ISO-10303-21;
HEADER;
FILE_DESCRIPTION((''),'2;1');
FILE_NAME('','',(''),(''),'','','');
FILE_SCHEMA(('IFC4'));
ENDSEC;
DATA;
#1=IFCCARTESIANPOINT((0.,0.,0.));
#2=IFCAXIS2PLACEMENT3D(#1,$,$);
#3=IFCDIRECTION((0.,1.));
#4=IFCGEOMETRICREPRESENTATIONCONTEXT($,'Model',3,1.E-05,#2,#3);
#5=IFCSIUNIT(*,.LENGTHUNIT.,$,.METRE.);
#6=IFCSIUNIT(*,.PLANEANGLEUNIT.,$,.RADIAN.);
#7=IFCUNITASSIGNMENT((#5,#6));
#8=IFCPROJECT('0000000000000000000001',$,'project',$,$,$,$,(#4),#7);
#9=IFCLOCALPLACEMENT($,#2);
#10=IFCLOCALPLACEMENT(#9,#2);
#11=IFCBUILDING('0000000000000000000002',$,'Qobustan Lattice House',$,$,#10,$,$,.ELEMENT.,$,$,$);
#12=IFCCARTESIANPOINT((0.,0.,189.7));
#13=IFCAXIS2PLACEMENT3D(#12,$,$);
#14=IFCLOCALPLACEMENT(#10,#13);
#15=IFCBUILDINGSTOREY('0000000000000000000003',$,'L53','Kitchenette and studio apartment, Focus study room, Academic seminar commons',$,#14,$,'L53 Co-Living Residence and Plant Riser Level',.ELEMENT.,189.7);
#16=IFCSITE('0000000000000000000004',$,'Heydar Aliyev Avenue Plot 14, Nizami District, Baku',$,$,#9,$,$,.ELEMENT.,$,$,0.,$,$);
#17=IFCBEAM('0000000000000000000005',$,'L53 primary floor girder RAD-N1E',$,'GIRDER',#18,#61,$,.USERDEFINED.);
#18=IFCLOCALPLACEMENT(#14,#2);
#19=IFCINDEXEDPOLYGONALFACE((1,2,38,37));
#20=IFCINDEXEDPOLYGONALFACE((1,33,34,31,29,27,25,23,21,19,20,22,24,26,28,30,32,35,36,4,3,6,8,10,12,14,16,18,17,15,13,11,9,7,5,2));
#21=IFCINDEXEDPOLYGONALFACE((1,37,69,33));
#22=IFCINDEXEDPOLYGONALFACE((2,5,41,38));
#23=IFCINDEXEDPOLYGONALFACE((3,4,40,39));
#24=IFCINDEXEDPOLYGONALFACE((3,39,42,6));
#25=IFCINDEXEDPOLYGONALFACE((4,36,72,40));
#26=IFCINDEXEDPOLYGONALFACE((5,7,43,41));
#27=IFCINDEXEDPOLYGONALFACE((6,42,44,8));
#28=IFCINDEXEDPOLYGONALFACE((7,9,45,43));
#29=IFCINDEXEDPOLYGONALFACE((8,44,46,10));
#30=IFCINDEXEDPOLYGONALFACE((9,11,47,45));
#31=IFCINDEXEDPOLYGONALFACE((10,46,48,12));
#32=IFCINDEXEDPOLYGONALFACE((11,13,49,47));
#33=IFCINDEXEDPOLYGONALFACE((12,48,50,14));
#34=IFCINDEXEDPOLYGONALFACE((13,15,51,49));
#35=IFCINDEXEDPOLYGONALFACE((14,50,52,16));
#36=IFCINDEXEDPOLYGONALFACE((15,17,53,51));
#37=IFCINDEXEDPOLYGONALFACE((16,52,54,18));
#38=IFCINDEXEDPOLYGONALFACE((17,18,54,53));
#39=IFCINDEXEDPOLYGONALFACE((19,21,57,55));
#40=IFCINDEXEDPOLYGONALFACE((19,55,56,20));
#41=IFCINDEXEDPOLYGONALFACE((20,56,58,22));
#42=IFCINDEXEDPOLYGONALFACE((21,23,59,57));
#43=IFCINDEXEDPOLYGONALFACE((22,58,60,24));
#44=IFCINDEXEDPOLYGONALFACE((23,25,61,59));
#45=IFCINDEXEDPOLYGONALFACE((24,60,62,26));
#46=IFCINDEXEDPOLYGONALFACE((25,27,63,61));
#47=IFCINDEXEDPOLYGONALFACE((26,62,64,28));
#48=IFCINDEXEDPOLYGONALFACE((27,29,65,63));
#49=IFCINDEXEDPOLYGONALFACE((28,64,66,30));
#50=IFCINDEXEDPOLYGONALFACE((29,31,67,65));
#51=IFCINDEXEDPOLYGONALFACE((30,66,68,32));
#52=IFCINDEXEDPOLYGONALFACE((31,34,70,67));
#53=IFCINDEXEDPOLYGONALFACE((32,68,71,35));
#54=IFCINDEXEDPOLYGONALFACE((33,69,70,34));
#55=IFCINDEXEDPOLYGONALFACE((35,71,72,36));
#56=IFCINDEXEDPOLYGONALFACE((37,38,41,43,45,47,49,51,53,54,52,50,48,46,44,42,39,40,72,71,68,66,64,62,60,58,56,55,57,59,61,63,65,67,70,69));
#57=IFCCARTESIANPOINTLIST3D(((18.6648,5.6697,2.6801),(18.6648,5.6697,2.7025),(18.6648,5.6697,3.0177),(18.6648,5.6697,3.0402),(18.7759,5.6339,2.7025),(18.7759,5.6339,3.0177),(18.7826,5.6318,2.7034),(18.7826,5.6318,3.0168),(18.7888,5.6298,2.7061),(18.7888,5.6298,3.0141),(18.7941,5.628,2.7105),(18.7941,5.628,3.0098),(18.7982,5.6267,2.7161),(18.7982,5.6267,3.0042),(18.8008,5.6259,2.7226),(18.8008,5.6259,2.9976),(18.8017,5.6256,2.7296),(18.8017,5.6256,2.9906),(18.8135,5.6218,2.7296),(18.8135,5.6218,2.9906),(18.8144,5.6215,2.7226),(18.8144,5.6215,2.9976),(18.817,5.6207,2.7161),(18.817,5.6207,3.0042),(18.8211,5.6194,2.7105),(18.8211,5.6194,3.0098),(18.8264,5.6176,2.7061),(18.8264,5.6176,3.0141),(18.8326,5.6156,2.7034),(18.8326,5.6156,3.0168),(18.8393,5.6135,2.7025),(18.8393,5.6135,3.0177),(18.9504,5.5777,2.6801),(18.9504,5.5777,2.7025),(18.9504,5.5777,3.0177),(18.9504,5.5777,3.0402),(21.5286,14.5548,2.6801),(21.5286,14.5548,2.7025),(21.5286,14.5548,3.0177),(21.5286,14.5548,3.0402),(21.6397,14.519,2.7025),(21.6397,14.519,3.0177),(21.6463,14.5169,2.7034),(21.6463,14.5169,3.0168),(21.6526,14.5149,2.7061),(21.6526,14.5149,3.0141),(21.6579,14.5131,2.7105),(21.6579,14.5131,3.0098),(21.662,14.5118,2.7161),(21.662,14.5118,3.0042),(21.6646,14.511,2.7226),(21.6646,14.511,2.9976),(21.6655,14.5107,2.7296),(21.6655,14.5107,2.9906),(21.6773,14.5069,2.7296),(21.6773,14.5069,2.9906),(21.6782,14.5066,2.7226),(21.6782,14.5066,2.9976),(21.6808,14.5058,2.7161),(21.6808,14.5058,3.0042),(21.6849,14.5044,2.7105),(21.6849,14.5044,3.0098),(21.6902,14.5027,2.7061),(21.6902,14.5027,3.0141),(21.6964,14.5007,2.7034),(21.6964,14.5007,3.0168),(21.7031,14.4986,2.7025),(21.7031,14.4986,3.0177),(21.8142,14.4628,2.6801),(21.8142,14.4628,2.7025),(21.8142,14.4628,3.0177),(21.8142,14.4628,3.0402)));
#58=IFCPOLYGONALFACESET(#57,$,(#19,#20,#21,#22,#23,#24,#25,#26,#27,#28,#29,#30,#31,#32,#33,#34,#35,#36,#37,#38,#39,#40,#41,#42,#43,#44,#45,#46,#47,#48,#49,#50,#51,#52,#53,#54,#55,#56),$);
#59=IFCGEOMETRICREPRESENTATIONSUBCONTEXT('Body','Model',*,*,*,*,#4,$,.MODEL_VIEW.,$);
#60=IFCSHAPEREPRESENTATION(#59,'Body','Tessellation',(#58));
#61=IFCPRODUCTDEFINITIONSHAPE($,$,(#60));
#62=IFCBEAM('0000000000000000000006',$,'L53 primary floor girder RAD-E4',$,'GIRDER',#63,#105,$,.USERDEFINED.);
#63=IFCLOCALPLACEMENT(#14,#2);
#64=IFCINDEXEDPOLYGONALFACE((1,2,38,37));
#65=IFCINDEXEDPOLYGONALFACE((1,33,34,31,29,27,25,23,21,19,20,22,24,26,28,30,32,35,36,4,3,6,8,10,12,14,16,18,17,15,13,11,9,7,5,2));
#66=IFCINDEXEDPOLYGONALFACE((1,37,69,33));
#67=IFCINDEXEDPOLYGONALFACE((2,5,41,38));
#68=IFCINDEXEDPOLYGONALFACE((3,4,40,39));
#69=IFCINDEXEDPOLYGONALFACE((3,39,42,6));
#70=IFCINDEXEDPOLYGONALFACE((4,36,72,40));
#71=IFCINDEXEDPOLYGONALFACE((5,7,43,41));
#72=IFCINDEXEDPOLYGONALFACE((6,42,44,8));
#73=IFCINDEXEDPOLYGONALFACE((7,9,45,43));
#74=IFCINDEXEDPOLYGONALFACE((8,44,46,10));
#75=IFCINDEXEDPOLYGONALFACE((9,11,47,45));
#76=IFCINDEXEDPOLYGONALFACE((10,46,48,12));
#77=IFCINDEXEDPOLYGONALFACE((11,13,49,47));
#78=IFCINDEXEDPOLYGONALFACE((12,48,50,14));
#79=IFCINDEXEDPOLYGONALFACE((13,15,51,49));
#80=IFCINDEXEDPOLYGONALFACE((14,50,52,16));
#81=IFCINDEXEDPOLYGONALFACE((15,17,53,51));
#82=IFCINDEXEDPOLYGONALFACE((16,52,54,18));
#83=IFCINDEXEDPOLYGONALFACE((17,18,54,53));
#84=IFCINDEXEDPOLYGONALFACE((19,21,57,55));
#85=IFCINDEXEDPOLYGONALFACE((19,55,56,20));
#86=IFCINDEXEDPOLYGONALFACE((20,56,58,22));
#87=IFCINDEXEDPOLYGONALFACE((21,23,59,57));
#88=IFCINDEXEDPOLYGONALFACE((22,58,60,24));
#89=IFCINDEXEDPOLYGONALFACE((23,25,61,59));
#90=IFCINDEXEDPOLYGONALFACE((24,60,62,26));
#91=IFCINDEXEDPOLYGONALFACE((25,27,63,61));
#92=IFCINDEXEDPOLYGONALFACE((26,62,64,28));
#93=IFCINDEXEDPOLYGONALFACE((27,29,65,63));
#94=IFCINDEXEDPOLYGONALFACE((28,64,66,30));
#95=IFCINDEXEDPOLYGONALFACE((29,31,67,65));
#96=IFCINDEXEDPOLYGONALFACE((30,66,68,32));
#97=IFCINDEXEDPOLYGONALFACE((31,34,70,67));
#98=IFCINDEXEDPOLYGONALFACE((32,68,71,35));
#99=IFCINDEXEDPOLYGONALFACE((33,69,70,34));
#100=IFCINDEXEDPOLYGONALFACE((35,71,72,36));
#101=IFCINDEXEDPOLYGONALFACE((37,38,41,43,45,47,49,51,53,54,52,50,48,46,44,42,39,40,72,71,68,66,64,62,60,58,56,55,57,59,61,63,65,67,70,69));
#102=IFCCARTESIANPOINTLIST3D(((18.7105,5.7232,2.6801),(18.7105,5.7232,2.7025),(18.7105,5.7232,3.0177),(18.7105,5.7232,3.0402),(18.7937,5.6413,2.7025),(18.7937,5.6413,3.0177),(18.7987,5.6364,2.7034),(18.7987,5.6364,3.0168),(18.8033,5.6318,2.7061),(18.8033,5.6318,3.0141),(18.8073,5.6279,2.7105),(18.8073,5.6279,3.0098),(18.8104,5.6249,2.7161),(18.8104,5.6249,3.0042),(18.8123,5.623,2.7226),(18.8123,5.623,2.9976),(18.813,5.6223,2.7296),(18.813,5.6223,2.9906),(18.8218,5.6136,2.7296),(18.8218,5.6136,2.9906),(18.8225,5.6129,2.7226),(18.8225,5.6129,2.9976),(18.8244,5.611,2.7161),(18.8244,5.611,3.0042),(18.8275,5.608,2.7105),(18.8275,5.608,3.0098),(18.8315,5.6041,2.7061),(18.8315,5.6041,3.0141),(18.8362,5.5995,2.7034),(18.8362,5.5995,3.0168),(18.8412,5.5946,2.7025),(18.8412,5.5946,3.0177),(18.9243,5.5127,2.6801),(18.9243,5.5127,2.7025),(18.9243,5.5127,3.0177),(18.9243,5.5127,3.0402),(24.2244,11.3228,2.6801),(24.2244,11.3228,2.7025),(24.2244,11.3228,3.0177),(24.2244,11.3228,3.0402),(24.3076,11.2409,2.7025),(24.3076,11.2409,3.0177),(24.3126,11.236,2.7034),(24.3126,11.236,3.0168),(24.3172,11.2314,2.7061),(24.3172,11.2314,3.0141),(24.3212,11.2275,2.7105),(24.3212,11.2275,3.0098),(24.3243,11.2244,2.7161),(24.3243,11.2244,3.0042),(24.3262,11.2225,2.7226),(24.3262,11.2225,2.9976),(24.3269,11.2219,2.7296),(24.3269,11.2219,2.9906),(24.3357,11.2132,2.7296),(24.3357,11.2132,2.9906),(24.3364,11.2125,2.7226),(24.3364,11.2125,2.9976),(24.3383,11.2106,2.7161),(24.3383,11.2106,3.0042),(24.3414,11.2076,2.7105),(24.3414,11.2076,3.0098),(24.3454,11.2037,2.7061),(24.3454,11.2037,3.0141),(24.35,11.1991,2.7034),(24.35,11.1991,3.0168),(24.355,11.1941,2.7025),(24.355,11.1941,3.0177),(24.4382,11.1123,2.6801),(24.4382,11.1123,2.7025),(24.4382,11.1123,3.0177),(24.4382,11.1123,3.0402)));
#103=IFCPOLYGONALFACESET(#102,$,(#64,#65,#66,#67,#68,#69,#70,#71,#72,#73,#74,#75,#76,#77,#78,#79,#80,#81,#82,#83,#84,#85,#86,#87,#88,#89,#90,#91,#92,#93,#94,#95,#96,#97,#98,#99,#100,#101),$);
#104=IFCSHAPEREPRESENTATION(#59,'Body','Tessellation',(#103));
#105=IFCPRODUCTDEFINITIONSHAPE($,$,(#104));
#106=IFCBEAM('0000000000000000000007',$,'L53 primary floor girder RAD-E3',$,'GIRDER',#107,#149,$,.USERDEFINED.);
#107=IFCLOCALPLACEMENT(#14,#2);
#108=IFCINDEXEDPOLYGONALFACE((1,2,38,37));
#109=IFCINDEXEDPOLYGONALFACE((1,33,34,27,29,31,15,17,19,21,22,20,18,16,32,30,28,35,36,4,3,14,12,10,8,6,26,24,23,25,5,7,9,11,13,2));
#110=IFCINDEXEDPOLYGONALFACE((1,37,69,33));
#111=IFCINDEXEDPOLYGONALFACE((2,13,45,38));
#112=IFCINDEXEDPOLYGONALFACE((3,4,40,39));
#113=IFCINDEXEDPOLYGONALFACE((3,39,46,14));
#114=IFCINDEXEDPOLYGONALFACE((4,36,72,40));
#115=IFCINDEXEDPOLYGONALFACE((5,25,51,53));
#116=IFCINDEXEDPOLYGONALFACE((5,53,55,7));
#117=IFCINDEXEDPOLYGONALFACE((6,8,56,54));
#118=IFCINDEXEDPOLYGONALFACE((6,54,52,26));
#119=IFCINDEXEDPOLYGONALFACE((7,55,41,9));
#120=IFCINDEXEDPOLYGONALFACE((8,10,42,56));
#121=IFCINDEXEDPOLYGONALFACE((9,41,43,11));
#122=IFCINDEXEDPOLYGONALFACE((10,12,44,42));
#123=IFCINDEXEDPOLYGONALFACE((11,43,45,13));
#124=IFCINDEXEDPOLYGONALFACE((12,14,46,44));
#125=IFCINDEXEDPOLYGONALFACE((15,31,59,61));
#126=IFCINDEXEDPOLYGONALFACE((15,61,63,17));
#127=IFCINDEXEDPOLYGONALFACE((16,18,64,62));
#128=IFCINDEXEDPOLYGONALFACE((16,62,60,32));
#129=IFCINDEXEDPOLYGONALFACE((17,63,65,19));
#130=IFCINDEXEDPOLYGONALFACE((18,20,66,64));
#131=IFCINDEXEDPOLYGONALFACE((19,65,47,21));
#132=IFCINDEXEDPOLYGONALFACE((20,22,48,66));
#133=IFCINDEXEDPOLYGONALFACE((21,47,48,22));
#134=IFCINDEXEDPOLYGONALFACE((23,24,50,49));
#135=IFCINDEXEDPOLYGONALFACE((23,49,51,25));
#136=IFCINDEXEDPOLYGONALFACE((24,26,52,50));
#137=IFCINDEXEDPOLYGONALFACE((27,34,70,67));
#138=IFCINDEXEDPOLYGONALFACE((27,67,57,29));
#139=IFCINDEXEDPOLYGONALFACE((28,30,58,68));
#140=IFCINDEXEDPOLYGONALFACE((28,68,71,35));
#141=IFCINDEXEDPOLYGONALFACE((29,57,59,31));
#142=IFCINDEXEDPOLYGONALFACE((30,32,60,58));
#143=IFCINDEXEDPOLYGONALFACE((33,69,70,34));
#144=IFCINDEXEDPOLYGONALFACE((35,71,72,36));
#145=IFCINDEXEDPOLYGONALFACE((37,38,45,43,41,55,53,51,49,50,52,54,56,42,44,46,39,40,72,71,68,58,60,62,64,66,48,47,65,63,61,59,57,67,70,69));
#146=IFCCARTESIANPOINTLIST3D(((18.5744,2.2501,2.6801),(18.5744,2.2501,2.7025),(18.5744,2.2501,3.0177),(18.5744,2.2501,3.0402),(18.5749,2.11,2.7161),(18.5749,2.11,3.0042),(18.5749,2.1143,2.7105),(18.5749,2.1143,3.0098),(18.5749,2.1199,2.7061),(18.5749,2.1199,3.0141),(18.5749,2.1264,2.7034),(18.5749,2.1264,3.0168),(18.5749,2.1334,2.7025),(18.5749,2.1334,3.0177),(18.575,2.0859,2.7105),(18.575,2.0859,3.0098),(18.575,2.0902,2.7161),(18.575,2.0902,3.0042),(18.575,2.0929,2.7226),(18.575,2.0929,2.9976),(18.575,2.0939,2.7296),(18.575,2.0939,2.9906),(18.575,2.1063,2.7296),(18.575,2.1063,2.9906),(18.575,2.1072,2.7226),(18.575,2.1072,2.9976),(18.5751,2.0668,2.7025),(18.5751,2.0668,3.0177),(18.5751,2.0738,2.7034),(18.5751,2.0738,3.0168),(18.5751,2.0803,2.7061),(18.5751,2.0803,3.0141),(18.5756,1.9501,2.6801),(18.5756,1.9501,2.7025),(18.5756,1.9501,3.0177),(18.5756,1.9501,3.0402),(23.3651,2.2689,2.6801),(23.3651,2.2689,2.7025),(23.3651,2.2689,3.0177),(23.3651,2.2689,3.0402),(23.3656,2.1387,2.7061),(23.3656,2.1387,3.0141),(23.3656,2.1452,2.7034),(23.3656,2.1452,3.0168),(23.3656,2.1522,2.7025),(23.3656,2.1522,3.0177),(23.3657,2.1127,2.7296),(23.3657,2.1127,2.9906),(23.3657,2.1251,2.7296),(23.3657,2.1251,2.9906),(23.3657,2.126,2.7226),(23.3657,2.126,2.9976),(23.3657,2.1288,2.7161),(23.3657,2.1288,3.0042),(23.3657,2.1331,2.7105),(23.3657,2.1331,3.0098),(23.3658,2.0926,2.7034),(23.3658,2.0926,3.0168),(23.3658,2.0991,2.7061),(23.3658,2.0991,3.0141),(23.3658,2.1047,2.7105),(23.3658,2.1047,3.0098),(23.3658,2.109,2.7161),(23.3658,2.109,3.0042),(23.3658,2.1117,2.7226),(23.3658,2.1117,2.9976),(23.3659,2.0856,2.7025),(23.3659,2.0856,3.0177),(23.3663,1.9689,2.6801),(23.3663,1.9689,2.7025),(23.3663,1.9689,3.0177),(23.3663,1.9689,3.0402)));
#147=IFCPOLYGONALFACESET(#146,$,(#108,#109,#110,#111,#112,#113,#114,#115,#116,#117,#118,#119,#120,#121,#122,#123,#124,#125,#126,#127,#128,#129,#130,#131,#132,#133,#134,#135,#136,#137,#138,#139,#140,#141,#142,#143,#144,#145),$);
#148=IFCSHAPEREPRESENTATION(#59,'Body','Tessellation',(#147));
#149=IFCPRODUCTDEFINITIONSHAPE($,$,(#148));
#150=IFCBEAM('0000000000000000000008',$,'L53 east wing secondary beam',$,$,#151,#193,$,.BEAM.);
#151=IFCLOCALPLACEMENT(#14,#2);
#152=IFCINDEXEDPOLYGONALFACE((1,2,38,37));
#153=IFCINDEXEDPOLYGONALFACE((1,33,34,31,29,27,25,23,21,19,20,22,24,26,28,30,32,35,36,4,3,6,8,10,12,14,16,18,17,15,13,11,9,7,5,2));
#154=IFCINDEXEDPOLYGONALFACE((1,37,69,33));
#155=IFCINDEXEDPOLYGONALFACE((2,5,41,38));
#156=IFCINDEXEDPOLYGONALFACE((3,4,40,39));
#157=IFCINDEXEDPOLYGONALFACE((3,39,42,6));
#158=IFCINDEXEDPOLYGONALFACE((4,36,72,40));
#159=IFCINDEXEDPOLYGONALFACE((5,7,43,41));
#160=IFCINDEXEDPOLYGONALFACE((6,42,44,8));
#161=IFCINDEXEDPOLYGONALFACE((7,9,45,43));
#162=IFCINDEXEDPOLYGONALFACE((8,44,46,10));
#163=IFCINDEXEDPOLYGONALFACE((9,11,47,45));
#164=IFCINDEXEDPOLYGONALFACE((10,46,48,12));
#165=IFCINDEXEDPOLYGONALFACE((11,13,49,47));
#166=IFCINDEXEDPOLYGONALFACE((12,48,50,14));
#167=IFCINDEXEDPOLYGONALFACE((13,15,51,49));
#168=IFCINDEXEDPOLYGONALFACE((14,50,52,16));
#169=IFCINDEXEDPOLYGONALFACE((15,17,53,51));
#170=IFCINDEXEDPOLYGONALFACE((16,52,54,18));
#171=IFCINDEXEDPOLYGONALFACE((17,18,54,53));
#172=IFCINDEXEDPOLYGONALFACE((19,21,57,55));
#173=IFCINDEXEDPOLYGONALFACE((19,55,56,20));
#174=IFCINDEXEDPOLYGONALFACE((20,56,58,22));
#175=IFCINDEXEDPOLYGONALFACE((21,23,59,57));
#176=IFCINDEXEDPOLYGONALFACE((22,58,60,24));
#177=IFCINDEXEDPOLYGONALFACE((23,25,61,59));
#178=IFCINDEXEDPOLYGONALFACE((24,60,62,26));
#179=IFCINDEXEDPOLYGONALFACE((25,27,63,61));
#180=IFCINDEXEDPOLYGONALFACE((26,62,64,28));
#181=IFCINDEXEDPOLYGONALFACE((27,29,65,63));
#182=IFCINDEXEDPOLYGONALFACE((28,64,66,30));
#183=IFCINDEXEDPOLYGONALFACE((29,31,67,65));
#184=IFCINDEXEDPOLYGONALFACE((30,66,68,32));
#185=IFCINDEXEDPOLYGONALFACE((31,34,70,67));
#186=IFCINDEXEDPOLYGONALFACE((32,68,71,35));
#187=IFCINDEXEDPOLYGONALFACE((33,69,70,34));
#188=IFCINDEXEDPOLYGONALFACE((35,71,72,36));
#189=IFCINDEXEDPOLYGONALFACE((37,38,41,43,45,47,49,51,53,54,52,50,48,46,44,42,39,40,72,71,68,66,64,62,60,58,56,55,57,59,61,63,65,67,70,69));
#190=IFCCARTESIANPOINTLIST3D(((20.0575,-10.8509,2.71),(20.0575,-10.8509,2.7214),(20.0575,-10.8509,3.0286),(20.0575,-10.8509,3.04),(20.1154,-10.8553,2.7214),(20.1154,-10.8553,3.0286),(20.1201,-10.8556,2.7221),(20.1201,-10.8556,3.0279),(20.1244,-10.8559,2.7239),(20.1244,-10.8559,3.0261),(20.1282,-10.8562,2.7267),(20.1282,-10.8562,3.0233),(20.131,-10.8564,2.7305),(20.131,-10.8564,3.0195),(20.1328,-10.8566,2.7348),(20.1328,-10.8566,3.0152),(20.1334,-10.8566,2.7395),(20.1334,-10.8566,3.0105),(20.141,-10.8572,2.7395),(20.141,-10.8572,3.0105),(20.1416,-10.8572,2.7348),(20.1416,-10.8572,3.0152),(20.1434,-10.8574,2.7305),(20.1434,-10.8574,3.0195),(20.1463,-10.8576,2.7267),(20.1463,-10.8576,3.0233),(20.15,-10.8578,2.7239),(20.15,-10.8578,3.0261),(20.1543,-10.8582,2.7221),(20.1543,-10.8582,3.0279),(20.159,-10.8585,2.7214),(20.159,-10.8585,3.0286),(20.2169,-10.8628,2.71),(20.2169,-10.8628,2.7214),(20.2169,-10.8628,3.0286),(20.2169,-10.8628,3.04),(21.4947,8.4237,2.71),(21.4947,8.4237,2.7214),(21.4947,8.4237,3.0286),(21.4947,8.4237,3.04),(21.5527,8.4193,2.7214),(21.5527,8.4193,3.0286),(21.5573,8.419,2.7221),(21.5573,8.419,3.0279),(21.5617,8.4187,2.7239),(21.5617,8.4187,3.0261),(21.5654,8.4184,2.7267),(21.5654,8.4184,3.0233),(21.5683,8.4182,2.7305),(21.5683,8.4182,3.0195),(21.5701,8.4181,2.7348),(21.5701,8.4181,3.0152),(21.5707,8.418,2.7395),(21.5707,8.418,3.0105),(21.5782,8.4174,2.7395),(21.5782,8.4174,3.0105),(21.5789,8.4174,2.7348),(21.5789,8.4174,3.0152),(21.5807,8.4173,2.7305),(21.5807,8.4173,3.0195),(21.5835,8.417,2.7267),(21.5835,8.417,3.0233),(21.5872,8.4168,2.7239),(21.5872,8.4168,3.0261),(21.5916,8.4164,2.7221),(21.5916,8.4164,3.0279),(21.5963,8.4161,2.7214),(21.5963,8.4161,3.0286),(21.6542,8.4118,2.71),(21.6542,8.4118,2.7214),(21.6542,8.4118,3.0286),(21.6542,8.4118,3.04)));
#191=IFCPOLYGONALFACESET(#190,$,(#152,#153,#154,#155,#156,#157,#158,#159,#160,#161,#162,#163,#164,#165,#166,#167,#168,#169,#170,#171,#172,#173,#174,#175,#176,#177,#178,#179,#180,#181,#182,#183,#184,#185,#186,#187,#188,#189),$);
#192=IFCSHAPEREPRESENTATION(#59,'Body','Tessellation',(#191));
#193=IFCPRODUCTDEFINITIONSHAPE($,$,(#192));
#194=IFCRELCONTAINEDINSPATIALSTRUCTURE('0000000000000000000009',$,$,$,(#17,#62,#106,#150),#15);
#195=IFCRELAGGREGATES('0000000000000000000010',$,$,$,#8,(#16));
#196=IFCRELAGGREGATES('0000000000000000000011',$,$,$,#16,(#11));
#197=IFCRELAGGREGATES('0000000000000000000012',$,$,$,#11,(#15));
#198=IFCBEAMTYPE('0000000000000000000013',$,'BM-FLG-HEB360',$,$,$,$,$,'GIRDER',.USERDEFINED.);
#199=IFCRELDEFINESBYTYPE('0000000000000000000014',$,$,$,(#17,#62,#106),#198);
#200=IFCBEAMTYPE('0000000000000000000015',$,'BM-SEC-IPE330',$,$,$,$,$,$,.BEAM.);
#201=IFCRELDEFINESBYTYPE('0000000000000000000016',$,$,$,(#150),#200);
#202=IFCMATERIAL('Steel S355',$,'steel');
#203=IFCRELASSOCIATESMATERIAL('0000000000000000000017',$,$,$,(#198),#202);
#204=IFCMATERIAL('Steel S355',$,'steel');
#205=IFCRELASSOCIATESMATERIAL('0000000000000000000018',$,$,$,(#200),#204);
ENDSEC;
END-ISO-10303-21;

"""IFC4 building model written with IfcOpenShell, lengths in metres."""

from ifc_helpers import new_model, si_unit, direction, frame, origin, origin_2d, place, context, subcontext, project, spatial, i_section, extrude, material, material_profile, profile_set, type_object, element, save


model = new_model("IFC4")

# Units and contexts
model_context = context("Model", 3, precision=1e-05, world=origin(), true_north=direction((0.0, 1.0)))
body_context = subcontext(model_context, "Body", "Model", "MODEL_VIEW")
ifc_project = project(units=[si_unit("LENGTHUNIT", "METRE"), si_unit("PLANEANGLEUNIT", "RADIAN")], contexts=[model_context])

# Site, building, storey
site_placement = place(None, origin())
site = spatial("IfcSite", under=ifc_project, at=site_placement, Name="Heydar Aliyev Avenue Plot 14, Nizami District, Baku", CompositionType="ELEMENT", RefElevation=0.0)
building_placement = place(site_placement, origin())
building = spatial("IfcBuilding", under=site, at=building_placement, Name="Qobustan Lattice House", CompositionType="ELEMENT")
storey_placement = place(building_placement, frame((0.0, 0.0, 189.7)))
storey = spatial("IfcBuildingStorey", under=building, at=storey_placement, Name="L53", Description="Kitchenette and studio apartment, Focus study room, Academic seminar commons", LongName="L53 Co-Living Residence and Plant Riser Level", CompositionType="ELEMENT", Elevation=189.7)

# Beams
ifc_material_1 = material(Name="Steel S355", Category="steel")
ifc_material_profile_1 = material_profile(ifc_material_1, i_section(OverallWidth=0.3, OverallDepth=0.3601, WebThickness=0.0125, FlangeThickness=0.0225, FilletRadius=0.0271, at=origin_2d()), Name="HEB360")
ifc_profile_set_1 = profile_set([ifc_material_profile_1], Name="Steel S355")
beam_type_1 = type_object("IfcBeamType", Name="BM-FLG-HEB360", ElementType="GIRDER", PredefinedType="USERDEFINED", material=ifc_profile_set_1)
beam_1_placement = place(storey_placement, frame((21.6714, 14.5088, 2.8601), z_axis=(-0.306774, -0.951783, 0.0), x_axis=(0.951783, -0.306774, 0.0)))
element("IfcBeam", 1, at=beam_1_placement, inside=storey, type_object=beam_type_1, Name="L53 primary floor girder RAD-N1E", ObjectType="GIRDER", PredefinedType="USERDEFINED", context=body_context, shape_type="SweptSolid", body=[
    extrude(i_section(OverallWidth=0.3, OverallDepth=0.3601, WebThickness=0.0125, FlangeThickness=0.0225, FilletRadius=0.0271, at=origin_2d()), origin(), (0.0, 0.0, 1.0), 9.3352),
])
beam_2_placement = place(storey_placement, frame((24.3313, 11.2175, 2.8601), z_axis=(-0.701634, -0.712538, 0.0), x_axis=(0.712538, -0.701634, 0.0)))
element("IfcBeam", 2, at=beam_2_placement, inside=storey, type_object=beam_type_1, Name="L53 primary floor girder RAD-E4", ObjectType="GIRDER", PredefinedType="USERDEFINED", context=body_context, shape_type="SweptSolid", body=[
    extrude(i_section(OverallWidth=0.3, OverallDepth=0.3601, WebThickness=0.0125, FlangeThickness=0.0225, FilletRadius=0.0271, at=origin_2d()), origin(), (0.0, 0.0, 1.0), 7.8586),
])
beam_3_placement = place(storey_placement, frame((23.3657, 2.1189, 2.8601), z_axis=(-0.999992, -0.003924, 0.0), x_axis=(0.003924, -0.999992, 0.0)))
element("IfcBeam", 3, at=beam_3_placement, inside=storey, type_object=beam_type_1, Name="L53 primary floor girder RAD-E3", ObjectType="GIRDER", PredefinedType="USERDEFINED", context=body_context, shape_type="SweptSolid", body=[
    extrude(i_section(OverallWidth=0.3, OverallDepth=0.3601, WebThickness=0.0125, FlangeThickness=0.0225, FilletRadius=0.0271, at=origin_2d()), origin(), (0.0, 0.0, 1.0), 4.7908),
])
ifc_material_2 = material(Name="Steel S355", Category="steel")
ifc_material_profile_2 = material_profile(ifc_material_2, i_section(OverallWidth=0.1599, OverallDepth=0.3301, WebThickness=0.0076, FlangeThickness=0.0115, FilletRadius=0.0181, at=origin_2d()), Name="IPE330")
ifc_profile_set_2 = profile_set([ifc_material_profile_2], Name="Steel S355")
beam_type_2 = type_object("IfcBeamType", Name="BM-SEC-IPE330", PredefinedType="BEAM", material=ifc_profile_set_2)
beam_4_placement = place(storey_placement, frame((21.5745, 8.4177, 2.875), z_axis=(-0.074361, -0.997231, 0.0), x_axis=(0.997231, -0.074361, 0.0)))
element("IfcBeam", 4, at=beam_4_placement, inside=storey, type_object=beam_type_2, Name="L53 east wing secondary beam", PredefinedType="BEAM", context=body_context, shape_type="SweptSolid", body=[
    extrude(i_section(OverallWidth=0.1599, OverallDepth=0.3301, WebThickness=0.0076, FlangeThickness=0.0115, FilletRadius=0.0181, at=origin_2d()), origin(), (0.0, 0.0, 1.0), 19.3281),
])

save(model, "model.ifc")
